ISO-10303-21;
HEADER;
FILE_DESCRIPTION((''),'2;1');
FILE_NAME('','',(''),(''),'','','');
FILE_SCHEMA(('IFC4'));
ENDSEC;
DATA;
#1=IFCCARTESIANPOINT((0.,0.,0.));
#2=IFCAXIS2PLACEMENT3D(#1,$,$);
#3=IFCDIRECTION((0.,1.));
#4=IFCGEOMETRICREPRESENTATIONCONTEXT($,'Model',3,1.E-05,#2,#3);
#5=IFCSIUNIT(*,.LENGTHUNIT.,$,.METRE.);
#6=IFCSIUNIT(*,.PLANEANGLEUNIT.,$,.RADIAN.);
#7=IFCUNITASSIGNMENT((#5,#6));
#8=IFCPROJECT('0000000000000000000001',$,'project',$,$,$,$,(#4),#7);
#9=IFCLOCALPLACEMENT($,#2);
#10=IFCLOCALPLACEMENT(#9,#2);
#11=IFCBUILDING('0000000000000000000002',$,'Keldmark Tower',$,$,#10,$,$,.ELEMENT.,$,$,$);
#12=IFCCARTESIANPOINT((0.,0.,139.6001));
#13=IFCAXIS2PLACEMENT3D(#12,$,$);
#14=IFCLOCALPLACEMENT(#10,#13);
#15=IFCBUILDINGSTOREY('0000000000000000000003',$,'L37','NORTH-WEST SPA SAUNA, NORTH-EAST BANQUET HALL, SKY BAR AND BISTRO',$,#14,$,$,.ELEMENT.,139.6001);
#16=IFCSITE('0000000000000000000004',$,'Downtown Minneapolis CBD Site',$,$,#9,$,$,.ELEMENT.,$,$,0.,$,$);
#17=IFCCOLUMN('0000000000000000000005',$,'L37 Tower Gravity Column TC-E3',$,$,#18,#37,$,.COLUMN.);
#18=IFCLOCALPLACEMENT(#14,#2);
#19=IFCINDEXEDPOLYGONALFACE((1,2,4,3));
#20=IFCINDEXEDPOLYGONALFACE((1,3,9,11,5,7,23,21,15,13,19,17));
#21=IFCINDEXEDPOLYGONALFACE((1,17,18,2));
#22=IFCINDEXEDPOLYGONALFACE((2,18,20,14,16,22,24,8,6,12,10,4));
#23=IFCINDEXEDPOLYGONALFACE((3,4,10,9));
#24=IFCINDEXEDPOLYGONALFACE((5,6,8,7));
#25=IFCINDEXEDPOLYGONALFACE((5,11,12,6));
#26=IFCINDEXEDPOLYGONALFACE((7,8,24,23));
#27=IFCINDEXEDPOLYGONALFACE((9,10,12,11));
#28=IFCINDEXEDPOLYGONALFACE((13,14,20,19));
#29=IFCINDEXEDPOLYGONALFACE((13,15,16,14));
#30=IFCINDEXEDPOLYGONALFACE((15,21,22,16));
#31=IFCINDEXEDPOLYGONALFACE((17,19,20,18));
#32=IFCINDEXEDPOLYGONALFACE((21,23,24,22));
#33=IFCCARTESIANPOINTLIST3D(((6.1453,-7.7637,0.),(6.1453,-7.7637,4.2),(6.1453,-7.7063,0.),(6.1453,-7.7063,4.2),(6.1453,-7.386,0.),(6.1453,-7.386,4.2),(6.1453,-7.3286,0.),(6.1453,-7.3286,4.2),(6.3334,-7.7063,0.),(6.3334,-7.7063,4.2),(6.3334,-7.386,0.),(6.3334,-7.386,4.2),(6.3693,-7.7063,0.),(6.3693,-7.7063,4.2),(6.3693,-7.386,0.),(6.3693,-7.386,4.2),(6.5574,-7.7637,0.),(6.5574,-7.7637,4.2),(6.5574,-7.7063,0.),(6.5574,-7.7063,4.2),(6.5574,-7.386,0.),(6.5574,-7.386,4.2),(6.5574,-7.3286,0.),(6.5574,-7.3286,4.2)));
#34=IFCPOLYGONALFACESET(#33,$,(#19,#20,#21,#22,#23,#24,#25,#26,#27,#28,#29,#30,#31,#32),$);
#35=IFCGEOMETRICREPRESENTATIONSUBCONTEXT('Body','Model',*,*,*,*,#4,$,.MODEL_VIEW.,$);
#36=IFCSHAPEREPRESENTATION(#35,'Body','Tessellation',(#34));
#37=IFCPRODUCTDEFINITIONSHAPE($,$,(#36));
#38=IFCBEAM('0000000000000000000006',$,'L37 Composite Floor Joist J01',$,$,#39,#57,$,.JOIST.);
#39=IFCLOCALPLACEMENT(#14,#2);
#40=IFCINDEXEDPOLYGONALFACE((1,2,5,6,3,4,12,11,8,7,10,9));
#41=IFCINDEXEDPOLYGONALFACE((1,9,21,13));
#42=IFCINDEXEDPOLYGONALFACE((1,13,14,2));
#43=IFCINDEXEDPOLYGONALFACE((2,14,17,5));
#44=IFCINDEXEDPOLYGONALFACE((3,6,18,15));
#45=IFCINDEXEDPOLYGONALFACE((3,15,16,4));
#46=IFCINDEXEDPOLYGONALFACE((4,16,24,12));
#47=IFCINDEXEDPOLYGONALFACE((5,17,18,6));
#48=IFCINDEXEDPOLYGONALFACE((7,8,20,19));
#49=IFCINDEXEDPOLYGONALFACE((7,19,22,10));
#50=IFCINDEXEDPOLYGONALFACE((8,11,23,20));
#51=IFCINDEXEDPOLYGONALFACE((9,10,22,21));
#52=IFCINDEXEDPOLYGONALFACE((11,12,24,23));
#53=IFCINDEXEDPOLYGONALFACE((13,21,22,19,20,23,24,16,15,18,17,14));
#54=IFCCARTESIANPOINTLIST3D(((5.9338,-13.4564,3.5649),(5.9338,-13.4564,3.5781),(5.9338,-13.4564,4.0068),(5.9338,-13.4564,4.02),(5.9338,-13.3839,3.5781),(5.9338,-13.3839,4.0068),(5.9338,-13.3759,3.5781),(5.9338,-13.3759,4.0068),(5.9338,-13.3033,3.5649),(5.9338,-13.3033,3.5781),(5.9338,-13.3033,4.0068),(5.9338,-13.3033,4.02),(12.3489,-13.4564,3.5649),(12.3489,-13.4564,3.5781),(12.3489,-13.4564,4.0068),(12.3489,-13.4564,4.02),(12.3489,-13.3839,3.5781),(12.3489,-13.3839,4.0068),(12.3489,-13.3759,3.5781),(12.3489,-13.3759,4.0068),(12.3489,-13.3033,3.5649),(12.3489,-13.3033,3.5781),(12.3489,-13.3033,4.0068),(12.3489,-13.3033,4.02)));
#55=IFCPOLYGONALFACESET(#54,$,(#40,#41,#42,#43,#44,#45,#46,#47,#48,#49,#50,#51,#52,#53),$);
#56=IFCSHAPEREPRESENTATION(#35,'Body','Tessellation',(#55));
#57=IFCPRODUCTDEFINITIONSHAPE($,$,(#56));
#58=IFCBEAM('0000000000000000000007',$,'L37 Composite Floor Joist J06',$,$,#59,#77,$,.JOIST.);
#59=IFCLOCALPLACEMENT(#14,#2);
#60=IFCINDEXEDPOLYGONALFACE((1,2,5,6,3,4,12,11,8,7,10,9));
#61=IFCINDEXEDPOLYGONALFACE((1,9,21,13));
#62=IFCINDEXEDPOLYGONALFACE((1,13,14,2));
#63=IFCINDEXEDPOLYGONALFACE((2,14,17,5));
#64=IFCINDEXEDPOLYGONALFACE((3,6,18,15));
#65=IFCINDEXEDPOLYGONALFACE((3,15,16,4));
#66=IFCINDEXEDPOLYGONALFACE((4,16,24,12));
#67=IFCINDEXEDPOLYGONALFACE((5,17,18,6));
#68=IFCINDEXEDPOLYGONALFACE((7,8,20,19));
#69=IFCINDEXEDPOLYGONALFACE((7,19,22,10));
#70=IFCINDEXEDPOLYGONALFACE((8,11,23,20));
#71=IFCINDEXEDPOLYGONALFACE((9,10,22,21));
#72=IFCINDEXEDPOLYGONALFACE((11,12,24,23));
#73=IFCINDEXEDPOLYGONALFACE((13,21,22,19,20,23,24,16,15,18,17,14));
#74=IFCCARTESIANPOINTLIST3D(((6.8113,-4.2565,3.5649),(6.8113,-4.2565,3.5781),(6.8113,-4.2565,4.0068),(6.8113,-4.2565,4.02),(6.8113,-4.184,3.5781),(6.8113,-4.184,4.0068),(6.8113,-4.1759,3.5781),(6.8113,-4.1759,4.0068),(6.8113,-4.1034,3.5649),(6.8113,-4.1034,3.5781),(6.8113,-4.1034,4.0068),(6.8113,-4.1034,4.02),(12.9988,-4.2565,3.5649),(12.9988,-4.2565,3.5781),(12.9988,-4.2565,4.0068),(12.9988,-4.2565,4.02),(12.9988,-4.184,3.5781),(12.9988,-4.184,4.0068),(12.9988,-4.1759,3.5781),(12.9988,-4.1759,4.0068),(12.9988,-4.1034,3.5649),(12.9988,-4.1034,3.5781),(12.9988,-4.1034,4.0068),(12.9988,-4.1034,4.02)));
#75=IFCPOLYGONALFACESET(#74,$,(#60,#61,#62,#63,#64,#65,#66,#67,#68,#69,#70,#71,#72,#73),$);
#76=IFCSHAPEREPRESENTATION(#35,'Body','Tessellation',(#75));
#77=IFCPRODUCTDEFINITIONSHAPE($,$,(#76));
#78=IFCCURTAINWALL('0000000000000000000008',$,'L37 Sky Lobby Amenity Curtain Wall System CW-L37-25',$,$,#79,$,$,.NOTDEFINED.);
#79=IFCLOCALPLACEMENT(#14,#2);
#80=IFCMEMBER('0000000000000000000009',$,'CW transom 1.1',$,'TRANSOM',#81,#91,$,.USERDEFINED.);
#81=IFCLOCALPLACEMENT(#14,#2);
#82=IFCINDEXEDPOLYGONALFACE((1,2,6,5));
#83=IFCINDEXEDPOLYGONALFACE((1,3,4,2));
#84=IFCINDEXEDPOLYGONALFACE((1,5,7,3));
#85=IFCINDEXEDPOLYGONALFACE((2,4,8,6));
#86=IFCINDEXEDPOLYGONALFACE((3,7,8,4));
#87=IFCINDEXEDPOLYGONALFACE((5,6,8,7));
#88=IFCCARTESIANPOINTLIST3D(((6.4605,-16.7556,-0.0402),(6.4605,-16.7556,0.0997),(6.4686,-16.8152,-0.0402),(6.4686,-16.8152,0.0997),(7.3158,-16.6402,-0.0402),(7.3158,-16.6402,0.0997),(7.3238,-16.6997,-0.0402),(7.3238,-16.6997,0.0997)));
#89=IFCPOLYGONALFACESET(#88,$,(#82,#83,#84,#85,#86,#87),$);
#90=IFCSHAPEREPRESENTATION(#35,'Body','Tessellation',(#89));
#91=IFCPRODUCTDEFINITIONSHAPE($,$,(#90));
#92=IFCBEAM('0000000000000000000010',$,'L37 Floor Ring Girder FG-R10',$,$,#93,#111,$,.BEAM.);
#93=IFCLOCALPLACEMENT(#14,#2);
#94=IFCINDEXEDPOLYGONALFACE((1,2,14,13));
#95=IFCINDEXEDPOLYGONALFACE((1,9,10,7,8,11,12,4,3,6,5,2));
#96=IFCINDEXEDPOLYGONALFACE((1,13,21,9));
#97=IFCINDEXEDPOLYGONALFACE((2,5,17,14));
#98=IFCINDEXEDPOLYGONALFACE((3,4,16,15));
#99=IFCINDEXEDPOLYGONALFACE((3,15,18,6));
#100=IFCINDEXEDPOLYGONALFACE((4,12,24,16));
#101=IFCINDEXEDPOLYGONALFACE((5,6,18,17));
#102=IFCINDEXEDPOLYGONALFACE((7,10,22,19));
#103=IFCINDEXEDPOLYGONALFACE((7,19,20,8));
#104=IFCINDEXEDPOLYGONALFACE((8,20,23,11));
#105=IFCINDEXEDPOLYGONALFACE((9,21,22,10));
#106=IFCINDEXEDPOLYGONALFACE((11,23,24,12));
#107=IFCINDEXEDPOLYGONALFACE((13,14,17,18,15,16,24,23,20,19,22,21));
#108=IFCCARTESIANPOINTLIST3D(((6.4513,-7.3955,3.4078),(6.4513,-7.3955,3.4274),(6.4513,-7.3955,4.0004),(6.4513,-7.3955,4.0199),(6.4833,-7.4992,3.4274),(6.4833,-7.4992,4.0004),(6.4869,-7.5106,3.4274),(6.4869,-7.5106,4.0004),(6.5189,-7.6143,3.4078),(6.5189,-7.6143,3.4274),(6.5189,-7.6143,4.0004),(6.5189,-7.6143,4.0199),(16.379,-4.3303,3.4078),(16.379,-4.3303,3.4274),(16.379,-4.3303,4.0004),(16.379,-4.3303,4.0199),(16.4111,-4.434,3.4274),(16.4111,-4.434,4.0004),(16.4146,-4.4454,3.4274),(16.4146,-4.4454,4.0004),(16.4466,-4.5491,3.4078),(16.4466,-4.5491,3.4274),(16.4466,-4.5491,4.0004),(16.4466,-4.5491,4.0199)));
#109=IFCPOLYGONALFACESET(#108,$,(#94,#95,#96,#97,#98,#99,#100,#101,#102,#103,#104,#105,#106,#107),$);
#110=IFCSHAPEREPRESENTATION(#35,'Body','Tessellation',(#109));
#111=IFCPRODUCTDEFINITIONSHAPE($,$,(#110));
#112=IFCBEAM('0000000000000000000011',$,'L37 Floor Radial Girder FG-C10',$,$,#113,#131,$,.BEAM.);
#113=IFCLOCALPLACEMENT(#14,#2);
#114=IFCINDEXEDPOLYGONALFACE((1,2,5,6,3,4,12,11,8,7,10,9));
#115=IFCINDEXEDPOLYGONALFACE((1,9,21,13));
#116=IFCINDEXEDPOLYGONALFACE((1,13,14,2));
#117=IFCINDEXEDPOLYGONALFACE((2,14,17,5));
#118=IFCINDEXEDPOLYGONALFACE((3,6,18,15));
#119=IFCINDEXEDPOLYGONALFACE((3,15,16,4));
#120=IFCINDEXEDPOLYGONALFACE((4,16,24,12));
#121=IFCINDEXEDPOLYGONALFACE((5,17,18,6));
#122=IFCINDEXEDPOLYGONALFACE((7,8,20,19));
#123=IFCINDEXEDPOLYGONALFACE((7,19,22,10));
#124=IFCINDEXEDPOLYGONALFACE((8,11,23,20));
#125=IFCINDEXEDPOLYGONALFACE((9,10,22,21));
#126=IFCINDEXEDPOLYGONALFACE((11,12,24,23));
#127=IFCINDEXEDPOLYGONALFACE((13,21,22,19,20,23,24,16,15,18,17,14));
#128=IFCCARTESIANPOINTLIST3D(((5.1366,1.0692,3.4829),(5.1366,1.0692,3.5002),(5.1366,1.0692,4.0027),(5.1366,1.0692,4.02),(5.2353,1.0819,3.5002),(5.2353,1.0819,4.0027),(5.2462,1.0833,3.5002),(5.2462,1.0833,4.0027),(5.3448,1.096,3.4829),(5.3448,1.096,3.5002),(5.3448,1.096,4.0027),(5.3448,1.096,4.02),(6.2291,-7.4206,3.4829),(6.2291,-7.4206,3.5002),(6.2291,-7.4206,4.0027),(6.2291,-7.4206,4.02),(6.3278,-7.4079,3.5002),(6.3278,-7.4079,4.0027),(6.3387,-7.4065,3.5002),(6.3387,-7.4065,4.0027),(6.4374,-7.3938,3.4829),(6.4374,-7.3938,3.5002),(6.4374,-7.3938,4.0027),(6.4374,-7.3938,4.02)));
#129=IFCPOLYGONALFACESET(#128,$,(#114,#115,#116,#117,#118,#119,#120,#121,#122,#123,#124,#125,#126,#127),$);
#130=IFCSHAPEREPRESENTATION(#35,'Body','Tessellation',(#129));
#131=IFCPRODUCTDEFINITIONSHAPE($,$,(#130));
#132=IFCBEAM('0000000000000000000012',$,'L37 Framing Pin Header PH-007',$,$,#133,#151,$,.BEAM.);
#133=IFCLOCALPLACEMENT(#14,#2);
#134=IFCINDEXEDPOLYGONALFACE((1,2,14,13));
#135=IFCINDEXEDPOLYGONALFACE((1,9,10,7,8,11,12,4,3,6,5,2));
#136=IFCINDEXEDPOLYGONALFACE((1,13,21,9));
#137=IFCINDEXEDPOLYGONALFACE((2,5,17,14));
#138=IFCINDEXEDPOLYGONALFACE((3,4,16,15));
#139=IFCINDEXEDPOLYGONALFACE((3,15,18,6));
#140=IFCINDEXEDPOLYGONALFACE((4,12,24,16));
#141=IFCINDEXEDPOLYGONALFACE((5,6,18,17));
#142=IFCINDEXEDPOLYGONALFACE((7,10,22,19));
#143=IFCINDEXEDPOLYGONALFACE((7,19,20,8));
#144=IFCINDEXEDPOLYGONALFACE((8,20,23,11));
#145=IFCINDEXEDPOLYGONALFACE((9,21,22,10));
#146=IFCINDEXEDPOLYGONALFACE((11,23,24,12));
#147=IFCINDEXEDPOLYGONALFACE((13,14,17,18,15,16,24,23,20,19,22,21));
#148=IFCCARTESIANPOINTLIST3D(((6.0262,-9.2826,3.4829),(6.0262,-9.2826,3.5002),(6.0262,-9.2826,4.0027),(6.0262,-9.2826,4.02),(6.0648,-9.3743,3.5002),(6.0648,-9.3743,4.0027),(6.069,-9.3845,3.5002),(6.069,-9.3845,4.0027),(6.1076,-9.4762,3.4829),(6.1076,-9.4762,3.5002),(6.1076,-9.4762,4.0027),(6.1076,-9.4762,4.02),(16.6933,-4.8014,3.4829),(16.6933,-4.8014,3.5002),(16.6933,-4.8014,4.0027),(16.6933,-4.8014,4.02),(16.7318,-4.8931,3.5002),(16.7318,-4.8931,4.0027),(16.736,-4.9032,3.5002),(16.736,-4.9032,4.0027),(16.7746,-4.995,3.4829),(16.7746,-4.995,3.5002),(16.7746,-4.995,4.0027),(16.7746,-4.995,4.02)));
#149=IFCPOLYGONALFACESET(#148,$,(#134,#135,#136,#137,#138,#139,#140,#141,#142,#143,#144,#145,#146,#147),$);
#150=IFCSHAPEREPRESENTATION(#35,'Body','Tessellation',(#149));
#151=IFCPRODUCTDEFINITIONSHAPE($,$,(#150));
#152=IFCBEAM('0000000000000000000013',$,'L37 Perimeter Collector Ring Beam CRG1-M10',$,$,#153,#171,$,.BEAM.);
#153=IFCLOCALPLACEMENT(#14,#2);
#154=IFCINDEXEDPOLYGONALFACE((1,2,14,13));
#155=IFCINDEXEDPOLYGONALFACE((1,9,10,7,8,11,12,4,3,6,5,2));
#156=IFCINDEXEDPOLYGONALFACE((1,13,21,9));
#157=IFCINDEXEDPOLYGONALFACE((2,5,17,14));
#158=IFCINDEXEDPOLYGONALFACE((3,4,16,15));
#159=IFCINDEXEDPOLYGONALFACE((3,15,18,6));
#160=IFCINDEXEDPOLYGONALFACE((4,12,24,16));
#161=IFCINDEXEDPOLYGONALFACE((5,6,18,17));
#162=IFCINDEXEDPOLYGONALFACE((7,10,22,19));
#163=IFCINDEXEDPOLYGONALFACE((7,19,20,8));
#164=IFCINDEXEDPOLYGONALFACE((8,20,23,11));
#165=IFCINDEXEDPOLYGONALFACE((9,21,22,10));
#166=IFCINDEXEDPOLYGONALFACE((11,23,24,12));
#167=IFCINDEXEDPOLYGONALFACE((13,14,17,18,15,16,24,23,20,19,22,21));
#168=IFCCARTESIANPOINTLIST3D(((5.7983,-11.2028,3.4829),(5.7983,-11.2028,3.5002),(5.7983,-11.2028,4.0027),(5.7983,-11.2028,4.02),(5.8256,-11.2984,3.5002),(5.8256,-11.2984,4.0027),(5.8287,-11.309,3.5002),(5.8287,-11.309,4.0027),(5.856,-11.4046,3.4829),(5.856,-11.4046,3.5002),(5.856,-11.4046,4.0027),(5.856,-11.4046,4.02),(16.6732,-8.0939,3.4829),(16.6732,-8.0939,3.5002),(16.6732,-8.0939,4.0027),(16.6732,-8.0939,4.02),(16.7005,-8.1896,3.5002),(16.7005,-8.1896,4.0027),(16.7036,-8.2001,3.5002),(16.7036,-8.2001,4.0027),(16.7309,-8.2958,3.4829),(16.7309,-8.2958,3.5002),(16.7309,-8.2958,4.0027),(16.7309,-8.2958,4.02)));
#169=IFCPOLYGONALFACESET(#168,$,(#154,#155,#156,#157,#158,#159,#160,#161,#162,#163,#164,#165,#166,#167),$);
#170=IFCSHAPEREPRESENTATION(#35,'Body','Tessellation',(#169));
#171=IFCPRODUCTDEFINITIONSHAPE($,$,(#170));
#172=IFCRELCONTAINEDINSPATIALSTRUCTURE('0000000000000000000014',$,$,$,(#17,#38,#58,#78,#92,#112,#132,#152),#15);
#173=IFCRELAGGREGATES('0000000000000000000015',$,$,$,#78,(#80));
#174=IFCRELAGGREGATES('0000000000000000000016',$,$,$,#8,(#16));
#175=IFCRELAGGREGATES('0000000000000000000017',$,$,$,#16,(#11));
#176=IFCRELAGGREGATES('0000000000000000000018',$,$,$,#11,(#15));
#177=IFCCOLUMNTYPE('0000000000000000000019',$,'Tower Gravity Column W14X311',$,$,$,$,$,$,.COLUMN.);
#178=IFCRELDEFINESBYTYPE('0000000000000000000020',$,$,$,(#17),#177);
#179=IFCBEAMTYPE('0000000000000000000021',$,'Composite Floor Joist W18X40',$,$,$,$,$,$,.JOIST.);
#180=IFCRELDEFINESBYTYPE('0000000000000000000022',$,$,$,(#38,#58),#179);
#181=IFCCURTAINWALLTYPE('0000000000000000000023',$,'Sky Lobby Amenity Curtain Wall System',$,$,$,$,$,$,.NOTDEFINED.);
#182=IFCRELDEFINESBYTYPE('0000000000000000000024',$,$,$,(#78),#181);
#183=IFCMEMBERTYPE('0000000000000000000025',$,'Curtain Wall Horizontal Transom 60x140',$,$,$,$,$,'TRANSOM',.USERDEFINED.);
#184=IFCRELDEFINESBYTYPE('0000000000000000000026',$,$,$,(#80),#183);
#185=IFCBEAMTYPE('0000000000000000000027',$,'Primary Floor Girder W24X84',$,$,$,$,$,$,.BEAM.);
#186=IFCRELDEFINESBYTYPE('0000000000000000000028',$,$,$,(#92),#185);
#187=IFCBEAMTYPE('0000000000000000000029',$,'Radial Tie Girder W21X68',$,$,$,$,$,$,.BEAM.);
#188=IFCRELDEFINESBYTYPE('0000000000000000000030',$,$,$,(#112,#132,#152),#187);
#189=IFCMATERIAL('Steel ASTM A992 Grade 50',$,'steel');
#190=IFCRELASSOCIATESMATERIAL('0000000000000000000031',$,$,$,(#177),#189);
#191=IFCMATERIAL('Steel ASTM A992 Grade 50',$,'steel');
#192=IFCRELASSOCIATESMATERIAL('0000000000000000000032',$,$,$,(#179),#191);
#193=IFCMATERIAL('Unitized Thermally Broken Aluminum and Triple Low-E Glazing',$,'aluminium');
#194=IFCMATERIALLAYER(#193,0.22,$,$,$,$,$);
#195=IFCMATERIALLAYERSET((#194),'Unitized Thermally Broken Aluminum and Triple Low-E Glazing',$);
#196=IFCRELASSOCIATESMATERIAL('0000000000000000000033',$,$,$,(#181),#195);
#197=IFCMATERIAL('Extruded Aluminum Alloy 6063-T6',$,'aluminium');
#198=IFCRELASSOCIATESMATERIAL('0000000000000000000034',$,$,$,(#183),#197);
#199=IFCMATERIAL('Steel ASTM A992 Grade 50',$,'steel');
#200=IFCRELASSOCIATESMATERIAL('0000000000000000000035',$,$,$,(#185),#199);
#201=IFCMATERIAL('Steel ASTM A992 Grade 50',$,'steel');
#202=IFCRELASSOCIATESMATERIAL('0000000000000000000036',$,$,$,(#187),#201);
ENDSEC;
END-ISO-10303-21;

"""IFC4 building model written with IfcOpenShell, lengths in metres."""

from ifc_helpers import new_model, si_unit, direction, frame, origin, origin_2d, place, context, subcontext, project, spatial, rectangle, i_section, extrude, material, layer, layer_set, material_profile, profile_set, type_object, element, aggregate, save


model = new_model("IFC4")

# Units and contexts
model_context = context("Model", 3, precision=1e-05, world=origin(), true_north=direction((0.0, 1.0)))
body_context = subcontext(model_context, "Body", "Model", "MODEL_VIEW")
ifc_project = project(units=[si_unit("LENGTHUNIT", "METRE"), si_unit("PLANEANGLEUNIT", "RADIAN")], contexts=[model_context])

# Site, building, storey
site_placement = place(None, origin())
site = spatial("IfcSite", under=ifc_project, at=site_placement, Name="Downtown Minneapolis CBD Site", CompositionType="ELEMENT", RefElevation=0.0)
building_placement = place(site_placement, origin())
building = spatial("IfcBuilding", under=site, at=building_placement, Name="Keldmark Tower", CompositionType="ELEMENT")
storey_placement = place(building_placement, frame((0.0, 0.0, 139.6001)))
storey = spatial("IfcBuildingStorey", under=building, at=storey_placement, Name="L37", Description="NORTH-WEST SPA SAUNA, NORTH-EAST BANQUET HALL, SKY BAR AND BISTRO", CompositionType="ELEMENT", Elevation=139.6001)

# Column
ifc_material_1 = material(Name="Steel ASTM A992 Grade 50", Category="steel")
ifc_material_profile_1 = material_profile(ifc_material_1, i_section(OverallWidth=0.4121, OverallDepth=0.4351, WebThickness=0.0359, FlangeThickness=0.0574, at=origin_2d()), Name="W14X311")
ifc_profile_set_1 = profile_set([ifc_material_profile_1], Name="Steel ASTM A992 Grade 50")
column_type = type_object("IfcColumnType", Name="Tower Gravity Column W14X311", PredefinedType="COLUMN", material=ifc_profile_set_1)
column_placement = place(storey_placement, frame((6.3513, -7.5461, 0.0), z_axis=(0.0, 0.0, 1.0), x_axis=(1.0, 0.0, 0.0)))
element("IfcColumn", 1, at=column_placement, inside=storey, type_object=column_type, Name="L37 Tower Gravity Column TC-E3", PredefinedType="COLUMN", context=body_context, shape_type="SweptSolid", body=[
    extrude(i_section(OverallWidth=0.4121, OverallDepth=0.4351, WebThickness=0.0359, FlangeThickness=0.0574, at=origin_2d()), origin(), (0.0, 0.0, 1.0), 4.2),
])

# Beams
ifc_material_2 = material(Name="Steel ASTM A992 Grade 50", Category="steel")
ifc_material_profile_2 = material_profile(ifc_material_2, i_section(OverallWidth=0.1531, OverallDepth=0.4551, WebThickness=0.0081, FlangeThickness=0.0132, at=origin_2d()), Name="W18X40")
ifc_profile_set_2 = profile_set([ifc_material_profile_2], Name="Steel ASTM A992 Grade 50")
beam_type_1 = type_object("IfcBeamType", Name="Composite Floor Joist W18X40", PredefinedType="JOIST", material=ifc_profile_set_2)
beam_1_placement = place(storey_placement, frame((5.9338, -13.3799, 3.7925), z_axis=(1.0, 0.0, 0.0), x_axis=(0.0, 1.0, 0.0)))
element("IfcBeam", 2, at=beam_1_placement, inside=storey, type_object=beam_type_1, Name="L37 Composite Floor Joist J01", PredefinedType="JOIST", context=body_context, shape_type="SweptSolid", body=[
    extrude(i_section(OverallWidth=0.1531, OverallDepth=0.4551, WebThickness=0.0081, FlangeThickness=0.0132, at=origin_2d()), origin(), (0.0, 0.0, 1.0), 6.415),
])
beam_2_placement = place(storey_placement, frame((6.8113, -4.1799, 3.7925), z_axis=(1.0, 0.0, 0.0), x_axis=(0.0, 1.0, 0.0)))
element("IfcBeam", 3, at=beam_2_placement, inside=storey, type_object=beam_type_1, Name="L37 Composite Floor Joist J06", PredefinedType="JOIST", context=body_context, shape_type="SweptSolid", body=[
    extrude(i_section(OverallWidth=0.1531, OverallDepth=0.4551, WebThickness=0.0081, FlangeThickness=0.0132, at=origin_2d()), origin(), (0.0, 0.0, 1.0), 6.1875),
])

# Curtain wall, member
ifc_material_3 = material(Name="Unitized Thermally Broken Aluminum and Triple Low-E Glazing", Category="aluminium")
ifc_layer_1 = layer(ifc_material_3, 0.22)
ifc_layer_set_1 = layer_set([ifc_layer_1], Name="Unitized Thermally Broken Aluminum and Triple Low-E Glazing")
curtain_wall_type = type_object("IfcCurtainWallType", Name="Sky Lobby Amenity Curtain Wall System", PredefinedType="NOTDEFINED", material=ifc_layer_set_1)
curtain_wall_placement = place(storey_placement, origin())
curtain_wall = element("IfcCurtainWall", 4, at=curtain_wall_placement, inside=storey, type_object=curtain_wall_type, Name="L37 Sky Lobby Amenity Curtain Wall System CW-L37-25", PredefinedType="NOTDEFINED")
ifc_material_4 = material(Name="Extruded Aluminum Alloy 6063-T6", Category="aluminium")
ifc_material_profile_3 = material_profile(ifc_material_4, rectangle(XDim=0.0601, YDim=0.1399, at=origin_2d()), Name="CWT60X140")
ifc_profile_set_3 = profile_set([ifc_material_profile_3], Name="Extruded Aluminum Alloy 6063-T6")
member_type = type_object("IfcMemberType", Name="Curtain Wall Horizontal Transom 60x140", ElementType="TRANSOM", PredefinedType="USERDEFINED", material=ifc_profile_set_3)
member_placement = place(storey_placement, frame((7.3198, -16.6699, 0.0298), z_axis=(-0.991007, -0.133813, 0.0), x_axis=(0.133813, -0.991007, 0.0)))
member = element("IfcMember", 5, at=member_placement, type_object=member_type, Name="CW transom 1.1", ObjectType="TRANSOM", PredefinedType="USERDEFINED", context=body_context, shape_type="SweptSolid", body=[
    extrude(rectangle(XDim=0.0601, YDim=0.1399, at=origin_2d()), origin(), (0.0, 0.0, 1.0), 0.863),
])
aggregate(curtain_wall, [member])

# Beams
ifc_material_5 = material(Name="Steel ASTM A992 Grade 50", Category="steel")
ifc_material_profile_4 = material_profile(ifc_material_5, i_section(OverallWidth=0.229, OverallDepth=0.6121, WebThickness=0.012, FlangeThickness=0.0195, at=origin_2d()), Name="W24X84")
ifc_profile_set_4 = profile_set([ifc_material_profile_4], Name="Steel ASTM A992 Grade 50")
beam_type_2 = type_object("IfcBeamType", Name="Primary Floor Girder W24X84", PredefinedType="BEAM", material=ifc_profile_set_4)
beam_3_placement = place(storey_placement, frame((6.4851, -7.5049, 3.7139), z_axis=(0.955495, 0.295009, 0.0), x_axis=(-0.295009, 0.955495, 0.0)))
element("IfcBeam", 6, at=beam_3_placement, inside=storey, type_object=beam_type_2, Name="L37 Floor Ring Girder FG-R10", PredefinedType="BEAM", context=body_context, shape_type="SweptSolid", body=[
    extrude(i_section(OverallWidth=0.229, OverallDepth=0.6121, WebThickness=0.012, FlangeThickness=0.0195, at=origin_2d()), origin(), (0.0, 0.0, 1.0), 10.3901),
])
ifc_material_6 = material(Name="Steel ASTM A992 Grade 50", Category="steel")
ifc_material_profile_5 = material_profile(ifc_material_6, i_section(OverallWidth=0.21, OverallDepth=0.5371, WebThickness=0.011, FlangeThickness=0.0173, at=origin_2d()), Name="W21X68")
ifc_profile_set_5 = profile_set([ifc_material_profile_5], Name="Steel ASTM A992 Grade 50")
beam_type_3 = type_object("IfcBeamType", Name="Radial Tie Girder W21X68", PredefinedType="BEAM", material=ifc_profile_set_5)
beam_4_placement = place(storey_placement, frame((6.3333, -7.4072, 3.7515), z_axis=(-0.127636, 0.991821, 0.0), x_axis=(-0.991821, -0.127636, 0.0)))
element("IfcBeam", 7, at=beam_4_placement, inside=storey, type_object=beam_type_3, Name="L37 Floor Radial Girder FG-C10", PredefinedType="BEAM", context=body_context, shape_type="SweptSolid", body=[
    extrude(i_section(OverallWidth=0.21, OverallDepth=0.5371, WebThickness=0.011, FlangeThickness=0.0173, at=origin_2d()), origin(), (0.0, 0.0, 1.0), 8.5598),
])
beam_5_placement = place(storey_placement, frame((6.0669, -9.3794, 3.7515), z_axis=(0.921949, 0.387311, 0.0), x_axis=(-0.387311, 0.921949, 0.0)))
element("IfcBeam", 8, at=beam_5_placement, inside=storey, type_object=beam_type_3, Name="L37 Framing Pin Header PH-007", PredefinedType="BEAM", context=body_context, shape_type="SweptSolid", body=[
    extrude(i_section(OverallWidth=0.21, OverallDepth=0.5371, WebThickness=0.011, FlangeThickness=0.0173, at=origin_2d()), origin(), (0.0, 0.0, 1.0), 11.5701),
])
beam_6_placement = place(storey_placement, frame((5.8271, -11.3037, 3.7515), z_axis=(0.961483, 0.274864, 0.0), x_axis=(-0.274864, 0.961483, 0.0)))
element("IfcBeam", 9, at=beam_6_placement, inside=storey, type_object=beam_type_3, Name="L37 Perimeter Collector Ring Beam CRG1-M10", PredefinedType="BEAM", context=body_context, shape_type="SweptSolid", body=[
    extrude(i_section(OverallWidth=0.21, OverallDepth=0.5371, WebThickness=0.011, FlangeThickness=0.0173, at=origin_2d()), origin(), (0.0, 0.0, 1.0), 11.3105),
])

save(model, "model.ifc")
